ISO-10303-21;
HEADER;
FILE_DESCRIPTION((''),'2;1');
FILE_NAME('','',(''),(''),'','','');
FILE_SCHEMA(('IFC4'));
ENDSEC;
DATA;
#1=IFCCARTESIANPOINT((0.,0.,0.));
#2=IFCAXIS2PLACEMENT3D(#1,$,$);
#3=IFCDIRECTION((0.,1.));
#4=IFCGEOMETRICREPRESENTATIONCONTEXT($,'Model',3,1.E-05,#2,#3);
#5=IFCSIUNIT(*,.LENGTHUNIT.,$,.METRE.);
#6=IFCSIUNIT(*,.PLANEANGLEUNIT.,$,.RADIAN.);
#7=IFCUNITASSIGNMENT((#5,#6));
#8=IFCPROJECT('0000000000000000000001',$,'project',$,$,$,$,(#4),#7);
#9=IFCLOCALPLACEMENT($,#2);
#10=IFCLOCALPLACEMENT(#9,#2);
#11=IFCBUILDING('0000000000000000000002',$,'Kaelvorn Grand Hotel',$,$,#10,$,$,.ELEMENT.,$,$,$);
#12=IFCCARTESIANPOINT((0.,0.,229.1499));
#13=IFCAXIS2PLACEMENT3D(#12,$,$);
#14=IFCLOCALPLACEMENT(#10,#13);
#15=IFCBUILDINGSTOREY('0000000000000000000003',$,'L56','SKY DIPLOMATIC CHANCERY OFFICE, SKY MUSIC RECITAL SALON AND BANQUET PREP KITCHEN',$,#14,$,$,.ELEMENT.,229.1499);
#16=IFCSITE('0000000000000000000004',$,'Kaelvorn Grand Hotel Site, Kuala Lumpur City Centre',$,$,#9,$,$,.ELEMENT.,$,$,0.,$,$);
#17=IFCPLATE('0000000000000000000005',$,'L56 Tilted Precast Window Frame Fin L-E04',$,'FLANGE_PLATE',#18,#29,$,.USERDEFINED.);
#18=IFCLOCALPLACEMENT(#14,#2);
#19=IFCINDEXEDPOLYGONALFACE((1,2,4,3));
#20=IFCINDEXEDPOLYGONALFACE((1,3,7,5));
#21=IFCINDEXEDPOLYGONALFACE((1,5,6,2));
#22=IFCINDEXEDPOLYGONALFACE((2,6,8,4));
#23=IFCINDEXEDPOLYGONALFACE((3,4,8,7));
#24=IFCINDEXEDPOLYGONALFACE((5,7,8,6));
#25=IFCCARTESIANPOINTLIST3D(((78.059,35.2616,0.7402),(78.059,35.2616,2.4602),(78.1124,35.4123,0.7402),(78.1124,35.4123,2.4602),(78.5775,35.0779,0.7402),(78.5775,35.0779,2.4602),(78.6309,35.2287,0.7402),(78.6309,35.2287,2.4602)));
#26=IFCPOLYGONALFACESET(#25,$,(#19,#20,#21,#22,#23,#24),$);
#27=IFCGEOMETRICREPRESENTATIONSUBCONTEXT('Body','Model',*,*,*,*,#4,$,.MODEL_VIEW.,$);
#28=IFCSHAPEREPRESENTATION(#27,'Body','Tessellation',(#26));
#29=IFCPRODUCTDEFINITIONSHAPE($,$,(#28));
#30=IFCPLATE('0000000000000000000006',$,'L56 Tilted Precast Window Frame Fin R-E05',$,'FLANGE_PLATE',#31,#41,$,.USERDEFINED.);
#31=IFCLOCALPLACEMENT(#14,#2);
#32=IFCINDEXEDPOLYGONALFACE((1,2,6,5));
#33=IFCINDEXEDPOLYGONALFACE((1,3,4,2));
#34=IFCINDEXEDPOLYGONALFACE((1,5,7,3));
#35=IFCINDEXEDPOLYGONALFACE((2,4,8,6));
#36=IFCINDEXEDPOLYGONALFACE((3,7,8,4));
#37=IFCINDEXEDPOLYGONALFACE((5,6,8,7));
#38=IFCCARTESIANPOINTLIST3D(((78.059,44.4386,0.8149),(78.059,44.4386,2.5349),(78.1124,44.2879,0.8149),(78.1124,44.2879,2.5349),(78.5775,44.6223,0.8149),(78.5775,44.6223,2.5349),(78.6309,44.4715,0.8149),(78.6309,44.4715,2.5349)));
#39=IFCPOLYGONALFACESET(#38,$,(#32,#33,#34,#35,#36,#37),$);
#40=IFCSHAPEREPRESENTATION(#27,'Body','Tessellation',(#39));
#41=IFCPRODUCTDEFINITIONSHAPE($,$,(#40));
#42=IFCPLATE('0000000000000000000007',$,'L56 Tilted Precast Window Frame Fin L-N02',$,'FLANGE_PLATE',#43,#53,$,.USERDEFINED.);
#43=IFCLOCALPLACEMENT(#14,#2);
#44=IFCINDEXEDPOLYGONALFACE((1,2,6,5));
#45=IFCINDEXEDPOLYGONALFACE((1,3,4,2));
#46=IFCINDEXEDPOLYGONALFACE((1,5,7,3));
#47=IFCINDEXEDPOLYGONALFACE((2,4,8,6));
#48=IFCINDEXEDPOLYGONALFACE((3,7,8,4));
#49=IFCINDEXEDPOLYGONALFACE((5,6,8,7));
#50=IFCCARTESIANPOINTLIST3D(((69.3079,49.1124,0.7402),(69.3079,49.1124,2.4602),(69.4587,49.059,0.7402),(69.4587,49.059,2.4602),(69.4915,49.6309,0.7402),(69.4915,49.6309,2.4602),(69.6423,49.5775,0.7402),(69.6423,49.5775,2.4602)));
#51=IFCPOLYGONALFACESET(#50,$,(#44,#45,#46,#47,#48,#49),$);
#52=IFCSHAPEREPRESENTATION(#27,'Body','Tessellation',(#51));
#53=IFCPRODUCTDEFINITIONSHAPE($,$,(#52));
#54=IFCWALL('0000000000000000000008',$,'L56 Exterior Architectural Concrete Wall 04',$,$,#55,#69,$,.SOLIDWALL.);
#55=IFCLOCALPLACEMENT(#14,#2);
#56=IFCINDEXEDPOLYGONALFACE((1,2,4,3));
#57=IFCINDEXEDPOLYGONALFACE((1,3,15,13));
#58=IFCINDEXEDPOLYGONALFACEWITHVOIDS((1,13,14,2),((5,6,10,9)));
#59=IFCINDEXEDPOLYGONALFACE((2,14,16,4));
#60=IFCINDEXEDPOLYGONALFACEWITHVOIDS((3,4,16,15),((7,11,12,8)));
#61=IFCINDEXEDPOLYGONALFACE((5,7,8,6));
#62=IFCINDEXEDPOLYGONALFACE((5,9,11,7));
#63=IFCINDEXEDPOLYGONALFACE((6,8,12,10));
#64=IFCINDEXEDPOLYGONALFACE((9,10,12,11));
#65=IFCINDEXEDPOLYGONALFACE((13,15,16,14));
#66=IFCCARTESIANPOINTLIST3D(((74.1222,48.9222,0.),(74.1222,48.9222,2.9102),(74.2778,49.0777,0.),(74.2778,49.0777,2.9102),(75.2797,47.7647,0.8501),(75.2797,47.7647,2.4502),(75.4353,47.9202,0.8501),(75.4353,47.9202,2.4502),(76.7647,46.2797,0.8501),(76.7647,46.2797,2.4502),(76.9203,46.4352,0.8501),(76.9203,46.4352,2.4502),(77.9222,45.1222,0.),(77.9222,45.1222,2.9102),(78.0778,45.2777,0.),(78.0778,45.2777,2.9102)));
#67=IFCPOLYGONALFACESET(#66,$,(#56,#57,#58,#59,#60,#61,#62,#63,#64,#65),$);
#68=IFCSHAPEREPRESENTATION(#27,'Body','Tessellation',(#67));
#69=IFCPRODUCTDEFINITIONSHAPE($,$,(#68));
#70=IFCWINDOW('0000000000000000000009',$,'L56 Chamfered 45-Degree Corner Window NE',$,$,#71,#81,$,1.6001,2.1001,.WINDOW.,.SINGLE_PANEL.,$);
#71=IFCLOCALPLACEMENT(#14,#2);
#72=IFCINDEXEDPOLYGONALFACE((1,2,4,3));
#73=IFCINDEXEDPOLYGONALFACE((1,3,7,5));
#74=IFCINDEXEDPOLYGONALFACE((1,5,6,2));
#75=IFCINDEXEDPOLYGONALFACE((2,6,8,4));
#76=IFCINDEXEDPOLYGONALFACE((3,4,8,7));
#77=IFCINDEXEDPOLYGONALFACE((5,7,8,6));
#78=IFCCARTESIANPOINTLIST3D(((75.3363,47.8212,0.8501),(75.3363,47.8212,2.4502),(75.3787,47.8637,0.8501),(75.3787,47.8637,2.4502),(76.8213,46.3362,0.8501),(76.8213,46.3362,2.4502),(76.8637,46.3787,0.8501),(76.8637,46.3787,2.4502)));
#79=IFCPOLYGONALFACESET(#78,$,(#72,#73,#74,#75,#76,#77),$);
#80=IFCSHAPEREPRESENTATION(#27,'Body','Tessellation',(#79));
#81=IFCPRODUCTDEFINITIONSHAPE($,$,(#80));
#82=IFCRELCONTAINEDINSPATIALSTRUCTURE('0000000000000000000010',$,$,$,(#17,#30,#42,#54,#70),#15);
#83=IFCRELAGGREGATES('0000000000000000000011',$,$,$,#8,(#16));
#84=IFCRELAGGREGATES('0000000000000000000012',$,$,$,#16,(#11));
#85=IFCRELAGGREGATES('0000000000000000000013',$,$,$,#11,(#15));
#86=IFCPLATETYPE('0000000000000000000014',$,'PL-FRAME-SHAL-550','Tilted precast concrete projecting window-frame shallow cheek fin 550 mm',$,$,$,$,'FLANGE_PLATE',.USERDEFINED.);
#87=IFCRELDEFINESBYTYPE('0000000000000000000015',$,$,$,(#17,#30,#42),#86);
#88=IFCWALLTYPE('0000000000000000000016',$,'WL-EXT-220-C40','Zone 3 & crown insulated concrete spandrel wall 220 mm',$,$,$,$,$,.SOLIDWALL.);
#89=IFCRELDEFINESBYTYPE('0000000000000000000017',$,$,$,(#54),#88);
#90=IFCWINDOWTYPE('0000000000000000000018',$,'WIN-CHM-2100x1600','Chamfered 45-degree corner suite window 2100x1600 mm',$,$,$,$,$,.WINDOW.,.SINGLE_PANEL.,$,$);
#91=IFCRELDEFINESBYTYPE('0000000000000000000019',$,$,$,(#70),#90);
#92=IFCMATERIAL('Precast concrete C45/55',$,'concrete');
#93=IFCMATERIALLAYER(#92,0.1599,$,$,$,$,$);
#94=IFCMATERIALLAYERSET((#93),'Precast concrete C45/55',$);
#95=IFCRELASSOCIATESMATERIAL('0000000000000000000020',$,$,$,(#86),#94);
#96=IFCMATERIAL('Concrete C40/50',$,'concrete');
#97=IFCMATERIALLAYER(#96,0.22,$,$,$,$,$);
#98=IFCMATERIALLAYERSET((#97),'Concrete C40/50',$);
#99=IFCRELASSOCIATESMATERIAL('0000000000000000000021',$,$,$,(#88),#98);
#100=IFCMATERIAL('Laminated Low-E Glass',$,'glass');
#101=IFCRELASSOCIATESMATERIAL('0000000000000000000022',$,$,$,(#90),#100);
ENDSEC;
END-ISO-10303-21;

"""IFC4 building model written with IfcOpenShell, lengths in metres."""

from ifc_helpers import new_model, si_unit, direction, frame, frame_2d, origin, origin_2d, place, context, subcontext, project, spatial, rectangle, extrude, material, layer, layer_set, type_object, element, fill, save


model = new_model("IFC4")

# Units and contexts
model_context = context("Model", 3, precision=1e-05, world=origin(), true_north=direction((0.0, 1.0)))
body_context = subcontext(model_context, "Body", "Model", "MODEL_VIEW")
ifc_project = project(units=[si_unit("LENGTHUNIT", "METRE"), si_unit("PLANEANGLEUNIT", "RADIAN")], contexts=[model_context])

# Site, building, storey
site_placement = place(None, origin())
site = spatial("IfcSite", under=ifc_project, at=site_placement, Name="Kaelvorn Grand Hotel Site, Kuala Lumpur City Centre", CompositionType="ELEMENT", RefElevation=0.0)
building_placement = place(site_placement, origin())
building = spatial("IfcBuilding", under=site, at=building_placement, Name="Kaelvorn Grand Hotel", CompositionType="ELEMENT")
storey_placement = place(building_placement, frame((0.0, 0.0, 229.1499)))
storey = spatial("IfcBuildingStorey", under=building, at=storey_placement, Name="L56", Description="SKY DIPLOMATIC CHANCERY OFFICE, SKY MUSIC RECITAL SALON AND BANQUET PREP KITCHEN", CompositionType="ELEMENT", Elevation=229.1499)

# Plates
ifc_material_1 = material(Name="Precast concrete C45/55", Category="concrete")
ifc_layer_1 = layer(ifc_material_1, 0.1599)
ifc_layer_set_1 = layer_set([ifc_layer_1], Name="Precast concrete C45/55")
plate_type_1 = type_object("IfcPlateType", Name="PL-FRAME-SHAL-550", Description="Tilted precast concrete projecting window-frame shallow cheek fin 550 mm", ElementType="FLANGE_PLATE", PredefinedType="USERDEFINED", material=ifc_layer_set_1)
for number, where, z_axis, x_axis, name in (
    (1, (78.345, 35.2451, 0.7402), (0.0, 0.0, 1.0), (0.333807, 0.942641, 0.0), "L56 Tilted Precast Window Frame Fin L-E04"),
    (2, (78.345, 44.4551, 0.8149), (0.0, 0.0, 1.0), (-0.333807, 0.942641, 0.0), "L56 Tilted Precast Window Frame Fin R-E05"),
    (3, (69.4751, 49.345, 0.7402), (0.0, 0.0, 1.0), (0.942641, -0.333807, 0.0), "L56 Tilted Precast Window Frame Fin L-N02"),
):
    element("IfcPlate", number, at=place(storey_placement, frame(where, z_axis=z_axis, x_axis=x_axis)), inside=storey, type_object=plate_type_1, Name=name, ObjectType="FLANGE_PLATE", PredefinedType="USERDEFINED", context=body_context, shape_type="SweptSolid", body=[
        extrude(rectangle(XDim=0.1599, YDim=0.55, at=origin_2d()), origin(), (0.0, 0.0, 1.0), 1.72),
    ])

# Wall, opening, window
ifc_material_2 = material(Name="Concrete C40/50", Category="concrete")
ifc_layer_2 = layer(ifc_material_2, 0.22)
ifc_layer_set_2 = layer_set([ifc_layer_2], Name="Concrete C40/50")
wall_type_1 = type_object("IfcWallType", Name="WL-EXT-220-C40", Description="Zone 3 & crown insulated concrete spandrel wall 220 mm", PredefinedType="SOLIDWALL", material=ifc_layer_set_2)
wall_1_placement = place(storey_placement, frame((78.0, 45.2, 0.0), z_axis=(0.0, 0.0, 1.0), x_axis=(-0.707107, 0.707107, 0.0)))
wall_1 = element("IfcWall", 4, at=wall_1_placement, inside=storey, type_object=wall_type_1, Name="L56 Exterior Architectural Concrete Wall 04", PredefinedType="SOLIDWALL", context=body_context, shape_type="SweptSolid", body=[
    extrude(rectangle(XDim=5.374, YDim=0.22, at=frame_2d((2.687, 0.0))), origin(), (0.0, 0.0, 1.0), 2.9102),
])
opening_1_placement = place(wall_1_placement, frame((1.637, 0.0, 0.8501)))
opening_1 = element("IfcOpeningElement", 5, at=opening_1_placement, cuts=wall_1, PredefinedType="OPENING", context=body_context, shape_type="SweptSolid", body=[
    extrude(rectangle(XDim=2.1001, YDim=1.6001, at=frame_2d((1.05, 0.8))), frame((0.0, 0.1201, 0.0), z_axis=(0.0, -1.0, 0.0), x_axis=(1.0, 0.0, 0.0)), (0.0, 0.0, 1.0), 0.24),
])
ifc_material_3 = material(Name="Laminated Low-E Glass", Category="glass")
window_type_1 = type_object("IfcWindowType", Name="WIN-CHM-2100x1600", Description="Chamfered 45-degree corner suite window 2100x1600 mm", PartitioningType="SINGLE_PANEL", PredefinedType="WINDOW", material=ifc_material_3)
window_1_placement = place(opening_1_placement, origin())
window_1 = element("IfcWindow", 6, at=window_1_placement, inside=storey, type_object=window_type_1, Name="L56 Chamfered 45-Degree Corner Window NE", OverallHeight=1.6001, OverallWidth=2.1001, PartitioningType="SINGLE_PANEL", PredefinedType="WINDOW", context=body_context, shape_type="SweptSolid", body=[
    extrude(rectangle(XDim=2.1001, YDim=1.6001, at=frame_2d((1.05, 0.8))), frame((0.0, 0.03, 0.0), z_axis=(0.0, -1.0, 0.0), x_axis=(1.0, 0.0, 0.0)), (0.0, 0.0, 1.0), 0.0601),
])
fill(opening_1, window_1)

save(model, "model.ifc")
